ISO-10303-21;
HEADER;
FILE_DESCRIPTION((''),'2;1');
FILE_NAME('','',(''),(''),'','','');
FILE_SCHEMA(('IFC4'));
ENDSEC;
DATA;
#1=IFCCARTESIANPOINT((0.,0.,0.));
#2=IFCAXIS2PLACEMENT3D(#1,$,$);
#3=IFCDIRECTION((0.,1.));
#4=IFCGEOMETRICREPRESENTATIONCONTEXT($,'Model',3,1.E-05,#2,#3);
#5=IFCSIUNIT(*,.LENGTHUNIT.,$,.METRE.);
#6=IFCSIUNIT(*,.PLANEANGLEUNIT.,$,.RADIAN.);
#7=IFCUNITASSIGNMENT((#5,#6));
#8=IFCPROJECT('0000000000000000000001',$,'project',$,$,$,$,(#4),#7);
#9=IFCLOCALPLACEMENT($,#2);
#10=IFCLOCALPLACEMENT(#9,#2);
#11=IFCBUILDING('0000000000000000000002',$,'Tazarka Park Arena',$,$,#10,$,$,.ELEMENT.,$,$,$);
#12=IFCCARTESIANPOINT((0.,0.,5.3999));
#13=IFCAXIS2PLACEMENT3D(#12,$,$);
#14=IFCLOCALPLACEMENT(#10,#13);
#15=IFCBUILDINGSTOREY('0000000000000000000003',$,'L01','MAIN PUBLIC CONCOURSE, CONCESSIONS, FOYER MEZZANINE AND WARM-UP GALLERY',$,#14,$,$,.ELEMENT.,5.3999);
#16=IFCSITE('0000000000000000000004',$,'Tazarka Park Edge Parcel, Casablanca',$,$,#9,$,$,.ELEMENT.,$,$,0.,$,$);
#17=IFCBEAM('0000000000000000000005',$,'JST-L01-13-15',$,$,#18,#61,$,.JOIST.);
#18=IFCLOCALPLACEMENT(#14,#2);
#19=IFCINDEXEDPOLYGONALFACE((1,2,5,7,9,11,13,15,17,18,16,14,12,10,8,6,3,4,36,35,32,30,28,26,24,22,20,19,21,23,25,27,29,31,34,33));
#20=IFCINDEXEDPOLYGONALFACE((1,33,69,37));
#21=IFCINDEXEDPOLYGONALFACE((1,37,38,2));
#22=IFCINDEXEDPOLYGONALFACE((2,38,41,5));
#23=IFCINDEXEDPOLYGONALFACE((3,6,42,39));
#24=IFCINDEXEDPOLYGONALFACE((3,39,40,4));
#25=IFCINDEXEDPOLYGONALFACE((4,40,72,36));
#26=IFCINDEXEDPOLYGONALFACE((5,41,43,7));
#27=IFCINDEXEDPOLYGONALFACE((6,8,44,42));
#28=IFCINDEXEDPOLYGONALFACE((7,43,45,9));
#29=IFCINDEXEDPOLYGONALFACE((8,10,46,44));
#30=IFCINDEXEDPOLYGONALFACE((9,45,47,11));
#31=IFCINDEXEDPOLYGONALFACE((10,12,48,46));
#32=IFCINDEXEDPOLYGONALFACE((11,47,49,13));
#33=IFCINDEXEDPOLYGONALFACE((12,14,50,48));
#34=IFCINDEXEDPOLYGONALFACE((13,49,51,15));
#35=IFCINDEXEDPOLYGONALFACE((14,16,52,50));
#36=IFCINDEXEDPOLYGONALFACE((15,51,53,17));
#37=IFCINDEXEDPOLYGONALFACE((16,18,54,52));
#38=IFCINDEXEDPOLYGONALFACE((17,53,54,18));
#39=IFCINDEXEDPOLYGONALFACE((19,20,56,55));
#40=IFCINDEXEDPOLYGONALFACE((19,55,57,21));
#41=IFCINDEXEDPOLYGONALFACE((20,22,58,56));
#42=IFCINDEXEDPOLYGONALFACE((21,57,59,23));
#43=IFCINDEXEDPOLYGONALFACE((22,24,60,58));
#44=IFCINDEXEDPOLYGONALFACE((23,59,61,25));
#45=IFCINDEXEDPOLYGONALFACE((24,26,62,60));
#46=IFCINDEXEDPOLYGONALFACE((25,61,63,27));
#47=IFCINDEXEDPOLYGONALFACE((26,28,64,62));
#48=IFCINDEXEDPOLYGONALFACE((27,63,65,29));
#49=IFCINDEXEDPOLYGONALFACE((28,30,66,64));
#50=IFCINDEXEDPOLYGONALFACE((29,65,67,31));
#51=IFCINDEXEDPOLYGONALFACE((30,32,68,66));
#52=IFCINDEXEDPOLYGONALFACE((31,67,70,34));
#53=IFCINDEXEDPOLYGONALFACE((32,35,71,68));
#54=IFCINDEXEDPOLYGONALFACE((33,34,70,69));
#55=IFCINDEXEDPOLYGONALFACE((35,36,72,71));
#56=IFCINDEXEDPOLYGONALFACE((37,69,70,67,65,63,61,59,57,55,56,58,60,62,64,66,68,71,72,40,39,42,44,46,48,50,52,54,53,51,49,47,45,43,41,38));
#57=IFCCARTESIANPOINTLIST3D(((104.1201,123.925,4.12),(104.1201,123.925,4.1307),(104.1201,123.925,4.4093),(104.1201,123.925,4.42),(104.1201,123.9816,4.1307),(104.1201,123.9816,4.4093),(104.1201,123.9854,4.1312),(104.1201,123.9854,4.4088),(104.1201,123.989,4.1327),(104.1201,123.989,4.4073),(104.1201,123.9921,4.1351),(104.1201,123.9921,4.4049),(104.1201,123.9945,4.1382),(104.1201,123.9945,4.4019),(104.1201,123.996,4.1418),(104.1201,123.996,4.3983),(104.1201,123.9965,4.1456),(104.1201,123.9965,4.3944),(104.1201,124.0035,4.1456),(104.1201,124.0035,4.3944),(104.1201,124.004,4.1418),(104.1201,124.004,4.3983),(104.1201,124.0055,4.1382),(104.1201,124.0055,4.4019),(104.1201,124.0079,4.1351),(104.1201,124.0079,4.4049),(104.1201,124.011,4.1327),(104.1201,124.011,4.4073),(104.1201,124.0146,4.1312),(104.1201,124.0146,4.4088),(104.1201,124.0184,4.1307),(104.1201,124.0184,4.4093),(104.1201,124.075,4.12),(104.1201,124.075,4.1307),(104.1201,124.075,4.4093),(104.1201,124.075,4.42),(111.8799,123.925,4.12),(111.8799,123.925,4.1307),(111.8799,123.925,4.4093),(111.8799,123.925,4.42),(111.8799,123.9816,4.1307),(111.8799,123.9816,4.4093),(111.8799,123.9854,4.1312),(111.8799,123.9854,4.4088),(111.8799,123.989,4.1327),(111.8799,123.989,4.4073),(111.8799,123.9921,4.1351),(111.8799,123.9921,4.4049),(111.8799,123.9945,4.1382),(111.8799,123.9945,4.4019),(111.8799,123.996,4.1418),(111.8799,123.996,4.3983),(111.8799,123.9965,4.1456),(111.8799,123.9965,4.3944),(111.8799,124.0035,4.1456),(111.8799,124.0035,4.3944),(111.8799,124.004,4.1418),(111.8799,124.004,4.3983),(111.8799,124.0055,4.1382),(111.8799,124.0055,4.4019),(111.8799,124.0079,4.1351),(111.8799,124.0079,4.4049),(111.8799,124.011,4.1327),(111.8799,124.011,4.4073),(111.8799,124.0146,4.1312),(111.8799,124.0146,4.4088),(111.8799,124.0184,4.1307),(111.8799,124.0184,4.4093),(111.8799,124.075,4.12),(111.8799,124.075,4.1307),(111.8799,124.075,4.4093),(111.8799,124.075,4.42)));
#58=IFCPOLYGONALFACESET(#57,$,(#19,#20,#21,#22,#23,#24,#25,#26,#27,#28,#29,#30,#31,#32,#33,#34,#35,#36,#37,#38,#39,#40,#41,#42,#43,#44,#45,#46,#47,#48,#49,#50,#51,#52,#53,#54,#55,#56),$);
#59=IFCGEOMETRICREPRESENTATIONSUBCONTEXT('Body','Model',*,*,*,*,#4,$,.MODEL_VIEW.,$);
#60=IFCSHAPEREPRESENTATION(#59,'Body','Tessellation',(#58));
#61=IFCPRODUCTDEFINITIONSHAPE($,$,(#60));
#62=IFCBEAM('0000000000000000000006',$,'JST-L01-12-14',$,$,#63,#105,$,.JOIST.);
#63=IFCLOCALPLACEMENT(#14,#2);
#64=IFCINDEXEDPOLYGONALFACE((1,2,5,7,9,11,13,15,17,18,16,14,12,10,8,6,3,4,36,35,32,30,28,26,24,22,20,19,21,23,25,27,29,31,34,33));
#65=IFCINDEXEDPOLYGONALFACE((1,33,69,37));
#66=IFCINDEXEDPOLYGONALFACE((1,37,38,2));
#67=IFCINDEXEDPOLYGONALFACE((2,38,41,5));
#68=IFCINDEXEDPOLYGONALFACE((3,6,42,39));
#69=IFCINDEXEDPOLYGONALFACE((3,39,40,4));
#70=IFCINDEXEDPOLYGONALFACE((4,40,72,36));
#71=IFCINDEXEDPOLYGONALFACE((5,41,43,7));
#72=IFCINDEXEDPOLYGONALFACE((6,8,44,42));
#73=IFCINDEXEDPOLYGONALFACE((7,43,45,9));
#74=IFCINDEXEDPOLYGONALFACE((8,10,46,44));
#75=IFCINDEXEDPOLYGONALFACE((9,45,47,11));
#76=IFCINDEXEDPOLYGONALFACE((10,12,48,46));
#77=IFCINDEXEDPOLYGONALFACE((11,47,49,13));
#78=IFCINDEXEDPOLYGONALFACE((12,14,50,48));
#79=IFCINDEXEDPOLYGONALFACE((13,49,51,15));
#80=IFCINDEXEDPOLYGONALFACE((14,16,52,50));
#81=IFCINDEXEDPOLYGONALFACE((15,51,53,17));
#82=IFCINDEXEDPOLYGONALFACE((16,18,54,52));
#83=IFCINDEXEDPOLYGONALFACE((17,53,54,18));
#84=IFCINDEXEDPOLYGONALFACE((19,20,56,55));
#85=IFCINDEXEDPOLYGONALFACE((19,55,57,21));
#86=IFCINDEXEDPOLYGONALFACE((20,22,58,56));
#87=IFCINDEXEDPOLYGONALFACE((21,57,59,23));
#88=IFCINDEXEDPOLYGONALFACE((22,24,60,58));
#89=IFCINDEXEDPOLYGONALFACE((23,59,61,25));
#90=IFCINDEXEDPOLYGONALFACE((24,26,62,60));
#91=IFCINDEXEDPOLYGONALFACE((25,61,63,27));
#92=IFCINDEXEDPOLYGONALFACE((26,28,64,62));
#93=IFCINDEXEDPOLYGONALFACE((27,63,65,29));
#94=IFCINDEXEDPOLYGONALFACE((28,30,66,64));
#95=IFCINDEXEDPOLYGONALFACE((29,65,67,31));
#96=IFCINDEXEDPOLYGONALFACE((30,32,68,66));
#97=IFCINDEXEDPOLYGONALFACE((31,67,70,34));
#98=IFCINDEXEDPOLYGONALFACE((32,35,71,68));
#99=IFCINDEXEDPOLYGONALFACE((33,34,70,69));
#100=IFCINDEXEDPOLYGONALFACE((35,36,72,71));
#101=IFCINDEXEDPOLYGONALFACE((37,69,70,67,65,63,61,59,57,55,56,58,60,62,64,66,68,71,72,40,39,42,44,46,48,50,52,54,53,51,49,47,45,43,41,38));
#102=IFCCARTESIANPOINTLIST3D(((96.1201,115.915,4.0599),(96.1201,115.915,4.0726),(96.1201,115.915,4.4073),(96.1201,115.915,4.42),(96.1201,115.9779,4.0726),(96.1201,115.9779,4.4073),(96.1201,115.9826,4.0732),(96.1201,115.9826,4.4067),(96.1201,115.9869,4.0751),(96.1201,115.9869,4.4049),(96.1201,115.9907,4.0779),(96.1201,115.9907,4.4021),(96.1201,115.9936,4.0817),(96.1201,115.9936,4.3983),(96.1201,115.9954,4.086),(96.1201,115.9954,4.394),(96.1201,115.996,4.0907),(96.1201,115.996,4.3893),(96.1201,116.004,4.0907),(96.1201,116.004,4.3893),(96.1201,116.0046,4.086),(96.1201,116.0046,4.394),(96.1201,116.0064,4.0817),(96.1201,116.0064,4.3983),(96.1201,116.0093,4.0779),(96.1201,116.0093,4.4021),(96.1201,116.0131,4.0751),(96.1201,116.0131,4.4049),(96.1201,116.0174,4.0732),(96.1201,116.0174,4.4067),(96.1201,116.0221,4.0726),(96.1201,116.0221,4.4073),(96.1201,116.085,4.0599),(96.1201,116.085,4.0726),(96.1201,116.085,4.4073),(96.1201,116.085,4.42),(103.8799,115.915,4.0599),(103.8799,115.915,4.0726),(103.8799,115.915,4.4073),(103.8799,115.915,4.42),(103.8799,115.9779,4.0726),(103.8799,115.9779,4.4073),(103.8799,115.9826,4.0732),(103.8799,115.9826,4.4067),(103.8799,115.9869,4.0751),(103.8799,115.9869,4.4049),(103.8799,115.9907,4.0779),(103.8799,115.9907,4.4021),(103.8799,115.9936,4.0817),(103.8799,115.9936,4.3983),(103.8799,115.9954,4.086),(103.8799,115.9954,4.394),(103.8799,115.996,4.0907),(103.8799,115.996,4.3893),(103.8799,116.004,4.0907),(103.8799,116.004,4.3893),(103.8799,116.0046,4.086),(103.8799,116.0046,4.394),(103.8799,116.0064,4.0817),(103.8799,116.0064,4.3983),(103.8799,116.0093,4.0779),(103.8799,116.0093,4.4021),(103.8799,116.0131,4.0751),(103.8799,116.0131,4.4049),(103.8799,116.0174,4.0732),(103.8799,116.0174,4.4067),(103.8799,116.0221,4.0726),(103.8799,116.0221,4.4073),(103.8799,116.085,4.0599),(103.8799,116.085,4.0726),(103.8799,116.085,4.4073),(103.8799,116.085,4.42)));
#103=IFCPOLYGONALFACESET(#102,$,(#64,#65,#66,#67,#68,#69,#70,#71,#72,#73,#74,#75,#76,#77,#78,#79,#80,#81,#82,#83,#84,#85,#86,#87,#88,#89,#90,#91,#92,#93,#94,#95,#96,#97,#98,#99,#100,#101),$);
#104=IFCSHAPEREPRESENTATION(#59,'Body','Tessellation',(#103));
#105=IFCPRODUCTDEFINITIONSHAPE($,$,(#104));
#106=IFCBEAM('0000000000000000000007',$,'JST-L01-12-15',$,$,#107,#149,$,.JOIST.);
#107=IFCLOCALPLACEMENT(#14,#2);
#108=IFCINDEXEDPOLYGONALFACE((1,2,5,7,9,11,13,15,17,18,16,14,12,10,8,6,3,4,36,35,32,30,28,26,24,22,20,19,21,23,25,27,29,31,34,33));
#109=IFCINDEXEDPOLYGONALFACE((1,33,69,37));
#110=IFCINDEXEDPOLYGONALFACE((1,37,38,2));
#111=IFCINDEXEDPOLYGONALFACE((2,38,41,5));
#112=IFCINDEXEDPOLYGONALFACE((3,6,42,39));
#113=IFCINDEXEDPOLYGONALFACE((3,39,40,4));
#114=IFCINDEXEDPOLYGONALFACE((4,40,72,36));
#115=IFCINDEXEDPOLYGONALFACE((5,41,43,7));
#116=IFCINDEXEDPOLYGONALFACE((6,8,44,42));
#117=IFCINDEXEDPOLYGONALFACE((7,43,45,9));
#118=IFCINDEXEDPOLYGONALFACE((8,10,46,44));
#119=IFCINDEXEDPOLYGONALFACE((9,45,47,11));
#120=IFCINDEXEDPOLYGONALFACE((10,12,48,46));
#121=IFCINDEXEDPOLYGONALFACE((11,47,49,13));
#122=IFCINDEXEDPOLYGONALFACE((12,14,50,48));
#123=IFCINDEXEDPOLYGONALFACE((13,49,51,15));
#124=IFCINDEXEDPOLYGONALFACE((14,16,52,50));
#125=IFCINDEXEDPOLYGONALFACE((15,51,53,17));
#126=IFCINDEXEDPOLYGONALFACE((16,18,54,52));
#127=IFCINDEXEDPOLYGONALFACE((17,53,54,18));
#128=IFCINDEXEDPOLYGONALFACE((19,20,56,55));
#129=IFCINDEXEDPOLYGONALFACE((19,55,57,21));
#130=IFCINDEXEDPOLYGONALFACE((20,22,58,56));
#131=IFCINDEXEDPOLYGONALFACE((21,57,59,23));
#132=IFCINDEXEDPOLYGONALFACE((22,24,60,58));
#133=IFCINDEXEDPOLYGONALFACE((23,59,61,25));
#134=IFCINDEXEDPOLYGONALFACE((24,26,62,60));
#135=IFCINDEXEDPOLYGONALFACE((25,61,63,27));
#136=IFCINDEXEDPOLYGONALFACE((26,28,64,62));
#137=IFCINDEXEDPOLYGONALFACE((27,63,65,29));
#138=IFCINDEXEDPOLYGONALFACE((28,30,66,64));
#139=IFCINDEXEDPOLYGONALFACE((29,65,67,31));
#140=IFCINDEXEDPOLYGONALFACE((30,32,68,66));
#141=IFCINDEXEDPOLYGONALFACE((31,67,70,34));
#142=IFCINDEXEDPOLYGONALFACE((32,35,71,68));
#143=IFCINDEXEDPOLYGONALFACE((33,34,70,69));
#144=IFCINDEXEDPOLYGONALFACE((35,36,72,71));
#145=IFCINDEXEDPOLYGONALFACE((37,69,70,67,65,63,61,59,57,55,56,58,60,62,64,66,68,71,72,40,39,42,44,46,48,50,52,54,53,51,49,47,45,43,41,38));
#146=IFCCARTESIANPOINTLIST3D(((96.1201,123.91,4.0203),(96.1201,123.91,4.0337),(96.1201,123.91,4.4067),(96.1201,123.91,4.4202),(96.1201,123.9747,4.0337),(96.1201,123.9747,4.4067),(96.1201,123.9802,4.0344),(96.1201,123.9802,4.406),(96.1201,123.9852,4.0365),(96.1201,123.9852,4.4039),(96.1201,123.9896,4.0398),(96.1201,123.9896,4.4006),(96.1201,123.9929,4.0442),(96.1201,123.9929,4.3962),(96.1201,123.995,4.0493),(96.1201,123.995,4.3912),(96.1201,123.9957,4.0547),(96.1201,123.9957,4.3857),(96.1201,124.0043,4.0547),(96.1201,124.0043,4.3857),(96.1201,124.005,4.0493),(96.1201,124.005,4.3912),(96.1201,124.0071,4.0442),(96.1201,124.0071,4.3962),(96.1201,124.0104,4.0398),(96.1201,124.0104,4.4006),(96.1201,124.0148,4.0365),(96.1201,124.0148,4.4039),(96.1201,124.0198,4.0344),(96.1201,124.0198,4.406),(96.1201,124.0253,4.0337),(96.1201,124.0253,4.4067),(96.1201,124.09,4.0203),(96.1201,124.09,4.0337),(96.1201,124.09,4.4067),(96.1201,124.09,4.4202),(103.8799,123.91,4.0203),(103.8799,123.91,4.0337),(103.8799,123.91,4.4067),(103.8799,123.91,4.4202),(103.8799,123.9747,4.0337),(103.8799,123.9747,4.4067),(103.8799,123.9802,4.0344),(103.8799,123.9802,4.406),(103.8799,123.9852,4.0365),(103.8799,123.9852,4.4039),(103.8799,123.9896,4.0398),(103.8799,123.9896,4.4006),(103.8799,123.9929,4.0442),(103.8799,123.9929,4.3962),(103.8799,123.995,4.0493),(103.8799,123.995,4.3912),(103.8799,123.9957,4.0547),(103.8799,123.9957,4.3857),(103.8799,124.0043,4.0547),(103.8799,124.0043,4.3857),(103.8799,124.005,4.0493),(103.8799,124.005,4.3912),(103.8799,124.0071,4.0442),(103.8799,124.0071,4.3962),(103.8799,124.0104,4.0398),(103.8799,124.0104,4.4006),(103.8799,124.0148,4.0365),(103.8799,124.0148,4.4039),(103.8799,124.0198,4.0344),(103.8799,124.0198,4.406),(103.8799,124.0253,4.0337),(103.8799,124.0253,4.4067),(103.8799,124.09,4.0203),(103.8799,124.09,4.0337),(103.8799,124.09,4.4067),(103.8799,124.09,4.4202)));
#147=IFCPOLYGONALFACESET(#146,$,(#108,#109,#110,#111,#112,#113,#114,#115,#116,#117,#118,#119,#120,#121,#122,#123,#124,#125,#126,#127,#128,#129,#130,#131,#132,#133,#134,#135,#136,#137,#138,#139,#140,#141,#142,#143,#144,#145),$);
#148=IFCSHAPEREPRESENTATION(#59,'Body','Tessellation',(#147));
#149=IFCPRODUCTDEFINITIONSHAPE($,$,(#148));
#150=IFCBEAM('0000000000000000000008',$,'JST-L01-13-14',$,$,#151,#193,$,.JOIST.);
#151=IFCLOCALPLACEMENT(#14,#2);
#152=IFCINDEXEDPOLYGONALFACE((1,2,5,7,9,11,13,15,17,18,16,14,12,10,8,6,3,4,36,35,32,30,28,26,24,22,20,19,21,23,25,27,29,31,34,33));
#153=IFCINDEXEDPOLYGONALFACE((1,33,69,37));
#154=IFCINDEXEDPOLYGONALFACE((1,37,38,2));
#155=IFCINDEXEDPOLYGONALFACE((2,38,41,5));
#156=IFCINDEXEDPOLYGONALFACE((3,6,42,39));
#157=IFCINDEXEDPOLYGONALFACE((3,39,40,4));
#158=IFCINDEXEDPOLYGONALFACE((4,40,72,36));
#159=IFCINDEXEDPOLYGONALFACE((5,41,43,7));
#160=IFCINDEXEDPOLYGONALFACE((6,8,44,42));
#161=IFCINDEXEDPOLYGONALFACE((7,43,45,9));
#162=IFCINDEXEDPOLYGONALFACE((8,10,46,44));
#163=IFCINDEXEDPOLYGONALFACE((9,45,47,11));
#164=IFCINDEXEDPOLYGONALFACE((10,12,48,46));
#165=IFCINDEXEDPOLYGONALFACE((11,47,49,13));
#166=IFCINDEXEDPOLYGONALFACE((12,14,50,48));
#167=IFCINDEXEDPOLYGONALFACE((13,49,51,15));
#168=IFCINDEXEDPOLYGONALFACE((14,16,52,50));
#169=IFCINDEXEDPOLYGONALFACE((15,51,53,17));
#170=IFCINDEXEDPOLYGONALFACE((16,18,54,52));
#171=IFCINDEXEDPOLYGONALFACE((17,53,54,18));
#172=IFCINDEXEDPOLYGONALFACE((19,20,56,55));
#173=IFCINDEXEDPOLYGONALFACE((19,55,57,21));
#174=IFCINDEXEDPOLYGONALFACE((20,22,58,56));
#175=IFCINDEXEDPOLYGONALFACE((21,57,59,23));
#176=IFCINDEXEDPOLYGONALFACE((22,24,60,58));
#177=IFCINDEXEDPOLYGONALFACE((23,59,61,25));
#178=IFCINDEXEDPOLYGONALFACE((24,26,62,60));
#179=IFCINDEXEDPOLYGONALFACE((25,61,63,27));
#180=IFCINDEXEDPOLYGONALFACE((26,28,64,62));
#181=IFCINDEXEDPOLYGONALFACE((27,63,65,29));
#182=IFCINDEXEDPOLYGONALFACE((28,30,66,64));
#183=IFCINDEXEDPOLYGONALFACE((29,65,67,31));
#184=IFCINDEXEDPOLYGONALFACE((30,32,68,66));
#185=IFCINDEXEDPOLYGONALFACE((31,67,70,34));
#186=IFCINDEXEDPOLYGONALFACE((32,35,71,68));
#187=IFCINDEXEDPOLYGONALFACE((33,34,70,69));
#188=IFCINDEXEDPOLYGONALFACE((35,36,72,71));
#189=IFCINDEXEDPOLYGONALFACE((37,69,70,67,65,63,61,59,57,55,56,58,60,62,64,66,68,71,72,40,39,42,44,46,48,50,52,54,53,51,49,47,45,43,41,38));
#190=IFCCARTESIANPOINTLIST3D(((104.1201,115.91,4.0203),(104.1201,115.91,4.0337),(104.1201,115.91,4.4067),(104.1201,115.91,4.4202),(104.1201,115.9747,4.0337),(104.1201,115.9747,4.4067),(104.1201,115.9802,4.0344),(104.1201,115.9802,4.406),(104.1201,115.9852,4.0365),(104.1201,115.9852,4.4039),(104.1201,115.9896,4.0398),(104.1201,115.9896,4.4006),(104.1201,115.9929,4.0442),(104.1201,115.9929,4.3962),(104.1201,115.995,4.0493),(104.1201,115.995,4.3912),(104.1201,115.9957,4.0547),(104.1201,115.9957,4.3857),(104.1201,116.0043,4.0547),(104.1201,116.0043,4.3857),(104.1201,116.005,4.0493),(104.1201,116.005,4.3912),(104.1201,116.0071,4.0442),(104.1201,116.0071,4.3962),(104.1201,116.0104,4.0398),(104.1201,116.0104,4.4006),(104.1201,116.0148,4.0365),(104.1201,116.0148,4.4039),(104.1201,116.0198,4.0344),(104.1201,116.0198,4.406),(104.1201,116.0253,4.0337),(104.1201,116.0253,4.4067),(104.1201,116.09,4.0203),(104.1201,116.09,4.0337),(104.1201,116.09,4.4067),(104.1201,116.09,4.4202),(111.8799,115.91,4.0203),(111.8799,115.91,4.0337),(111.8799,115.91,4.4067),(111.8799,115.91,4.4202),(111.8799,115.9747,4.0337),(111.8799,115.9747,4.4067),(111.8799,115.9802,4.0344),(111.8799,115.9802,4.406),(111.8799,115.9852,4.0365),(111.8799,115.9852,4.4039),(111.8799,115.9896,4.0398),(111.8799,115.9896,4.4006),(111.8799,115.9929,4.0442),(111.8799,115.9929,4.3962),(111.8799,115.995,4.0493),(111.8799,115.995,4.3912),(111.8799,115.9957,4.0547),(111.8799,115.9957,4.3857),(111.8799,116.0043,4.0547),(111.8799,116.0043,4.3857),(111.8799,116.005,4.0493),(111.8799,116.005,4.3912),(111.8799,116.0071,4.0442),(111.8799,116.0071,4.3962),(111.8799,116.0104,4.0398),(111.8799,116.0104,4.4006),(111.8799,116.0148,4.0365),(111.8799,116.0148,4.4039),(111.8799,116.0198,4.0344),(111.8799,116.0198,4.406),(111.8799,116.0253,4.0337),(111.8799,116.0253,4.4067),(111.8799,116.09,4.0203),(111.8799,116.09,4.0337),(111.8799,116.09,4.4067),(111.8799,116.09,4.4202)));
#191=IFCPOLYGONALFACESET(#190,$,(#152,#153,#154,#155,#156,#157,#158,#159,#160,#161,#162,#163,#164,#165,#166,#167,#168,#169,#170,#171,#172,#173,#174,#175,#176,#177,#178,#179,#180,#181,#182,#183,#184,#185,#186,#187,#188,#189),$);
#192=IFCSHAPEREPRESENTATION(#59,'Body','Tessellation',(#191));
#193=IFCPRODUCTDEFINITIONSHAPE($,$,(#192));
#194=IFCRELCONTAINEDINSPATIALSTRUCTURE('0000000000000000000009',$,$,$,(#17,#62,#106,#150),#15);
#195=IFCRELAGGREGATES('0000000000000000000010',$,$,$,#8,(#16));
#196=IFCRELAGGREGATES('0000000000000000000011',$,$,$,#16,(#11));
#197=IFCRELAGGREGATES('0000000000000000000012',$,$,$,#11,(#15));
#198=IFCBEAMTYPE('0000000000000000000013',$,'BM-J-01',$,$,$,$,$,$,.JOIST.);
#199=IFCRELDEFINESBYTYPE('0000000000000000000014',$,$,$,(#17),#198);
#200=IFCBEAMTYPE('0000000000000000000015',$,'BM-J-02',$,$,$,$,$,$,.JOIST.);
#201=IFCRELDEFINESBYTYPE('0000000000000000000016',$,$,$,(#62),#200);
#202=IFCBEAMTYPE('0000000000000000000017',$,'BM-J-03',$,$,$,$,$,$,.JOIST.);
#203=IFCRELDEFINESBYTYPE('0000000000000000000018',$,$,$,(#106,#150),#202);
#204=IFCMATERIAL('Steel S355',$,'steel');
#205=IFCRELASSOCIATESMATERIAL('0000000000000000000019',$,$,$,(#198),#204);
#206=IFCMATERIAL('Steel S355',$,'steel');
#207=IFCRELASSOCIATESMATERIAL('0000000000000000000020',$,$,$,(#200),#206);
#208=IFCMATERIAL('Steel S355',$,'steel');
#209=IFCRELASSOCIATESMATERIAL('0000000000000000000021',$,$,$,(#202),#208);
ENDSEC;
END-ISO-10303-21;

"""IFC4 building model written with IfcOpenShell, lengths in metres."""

from ifc_helpers import new_model, si_unit, direction, frame, origin, origin_2d, place, context, subcontext, project, spatial, i_section, extrude, material, material_profile, profile_set, type_object, element, save


model = new_model("IFC4")

# Units and contexts
model_context = context("Model", 3, precision=1e-05, world=origin(), true_north=direction((0.0, 1.0)))
body_context = subcontext(model_context, "Body", "Model", "MODEL_VIEW")
ifc_project = project(units=[si_unit("LENGTHUNIT", "METRE"), si_unit("PLANEANGLEUNIT", "RADIAN")], contexts=[model_context])

# Site, building, storey
site_placement = place(None, origin())
site = spatial("IfcSite", under=ifc_project, at=site_placement, Name="Tazarka Park Edge Parcel, Casablanca", CompositionType="ELEMENT", RefElevation=0.0)
building_placement = place(site_placement, origin())
building = spatial("IfcBuilding", under=site, at=building_placement, Name="Tazarka Park Arena", CompositionType="ELEMENT")
storey_placement = place(building_placement, frame((0.0, 0.0, 5.3999)))
storey = spatial("IfcBuildingStorey", under=building, at=storey_placement, Name="L01", Description="MAIN PUBLIC CONCOURSE, CONCESSIONS, FOYER MEZZANINE AND WARM-UP GALLERY", CompositionType="ELEMENT", Elevation=5.3999)

# Beams
ifc_material_1 = material(Name="Steel S355", Category="steel")
ifc_material_profile_1 = material_profile(ifc_material_1, i_section(OverallWidth=0.1499, OverallDepth=0.3, WebThickness=0.0071, FlangeThickness=0.0107, FilletRadius=0.0149, at=origin_2d()), Name="Steel S355")
ifc_profile_set_1 = profile_set([ifc_material_profile_1], Name="Steel S355")
beam_type_1 = type_object("IfcBeamType", Name="BM-J-01", PredefinedType="JOIST", material=ifc_profile_set_1)
beam_1_placement = place(storey_placement, frame((104.1201, 124.0, 4.27), z_axis=(1.0, 0.0, 0.0), x_axis=(0.0, 1.0, 0.0)))
element("IfcBeam", 1, at=beam_1_placement, inside=storey, type_object=beam_type_1, Name="JST-L01-13-15", PredefinedType="JOIST", context=body_context, shape_type="SweptSolid", body=[
    extrude(i_section(OverallWidth=0.1499, OverallDepth=0.3, WebThickness=0.0071, FlangeThickness=0.0107, FilletRadius=0.0149, at=origin_2d()), origin(), (0.0, 0.0, 1.0), 7.7598),
])
ifc_material_2 = material(Name="Steel S355", Category="steel")
ifc_material_profile_2 = material_profile(ifc_material_2, i_section(OverallWidth=0.1699, OverallDepth=0.3601, WebThickness=0.0081, FlangeThickness=0.0127, FilletRadius=0.0181, at=origin_2d()), Name="Steel S355")
ifc_profile_set_2 = profile_set([ifc_material_profile_2], Name="Steel S355")
beam_type_2 = type_object("IfcBeamType", Name="BM-J-02", PredefinedType="JOIST", material=ifc_profile_set_2)
beam_2_placement = place(storey_placement, frame((96.1201, 116.0, 4.24), z_axis=(1.0, 0.0, 0.0), x_axis=(0.0, 1.0, 0.0)))
element("IfcBeam", 2, at=beam_2_placement, inside=storey, type_object=beam_type_2, Name="JST-L01-12-14", PredefinedType="JOIST", context=body_context, shape_type="SweptSolid", body=[
    extrude(i_section(OverallWidth=0.1699, OverallDepth=0.3601, WebThickness=0.0081, FlangeThickness=0.0127, FilletRadius=0.0181, at=origin_2d()), origin(), (0.0, 0.0, 1.0), 7.7598),
])
ifc_material_3 = material(Name="Steel S355", Category="steel")
ifc_material_profile_3 = material_profile(ifc_material_3, i_section(OverallWidth=0.1799, OverallDepth=0.3999, WebThickness=0.0085, FlangeThickness=0.0134, FilletRadius=0.021, at=origin_2d()), Name="Steel S355")
ifc_profile_set_3 = profile_set([ifc_material_profile_3], Name="Steel S355")
beam_type_3 = type_object("IfcBeamType", Name="BM-J-03", PredefinedType="JOIST", material=ifc_profile_set_3)
for number, where, z_axis, x_axis, name in (
    (3, (96.1201, 124.0, 4.2202), (1.0, 0.0, 0.0), (0.0, 1.0, 0.0), "JST-L01-12-15"),
    (4, (104.1201, 116.0, 4.2202), (1.0, 0.0, 0.0), (0.0, 1.0, 0.0), "JST-L01-13-14"),
):
    element("IfcBeam", number, at=place(storey_placement, frame(where, z_axis=z_axis, x_axis=x_axis)), inside=storey, type_object=beam_type_3, Name=name, PredefinedType="JOIST", context=body_context, shape_type="SweptSolid", body=[
        extrude(i_section(OverallWidth=0.1799, OverallDepth=0.3999, WebThickness=0.0085, FlangeThickness=0.0134, FilletRadius=0.021, at=origin_2d()), origin(), (0.0, 0.0, 1.0), 7.7598),
    ])

save(model, "model.ifc")
